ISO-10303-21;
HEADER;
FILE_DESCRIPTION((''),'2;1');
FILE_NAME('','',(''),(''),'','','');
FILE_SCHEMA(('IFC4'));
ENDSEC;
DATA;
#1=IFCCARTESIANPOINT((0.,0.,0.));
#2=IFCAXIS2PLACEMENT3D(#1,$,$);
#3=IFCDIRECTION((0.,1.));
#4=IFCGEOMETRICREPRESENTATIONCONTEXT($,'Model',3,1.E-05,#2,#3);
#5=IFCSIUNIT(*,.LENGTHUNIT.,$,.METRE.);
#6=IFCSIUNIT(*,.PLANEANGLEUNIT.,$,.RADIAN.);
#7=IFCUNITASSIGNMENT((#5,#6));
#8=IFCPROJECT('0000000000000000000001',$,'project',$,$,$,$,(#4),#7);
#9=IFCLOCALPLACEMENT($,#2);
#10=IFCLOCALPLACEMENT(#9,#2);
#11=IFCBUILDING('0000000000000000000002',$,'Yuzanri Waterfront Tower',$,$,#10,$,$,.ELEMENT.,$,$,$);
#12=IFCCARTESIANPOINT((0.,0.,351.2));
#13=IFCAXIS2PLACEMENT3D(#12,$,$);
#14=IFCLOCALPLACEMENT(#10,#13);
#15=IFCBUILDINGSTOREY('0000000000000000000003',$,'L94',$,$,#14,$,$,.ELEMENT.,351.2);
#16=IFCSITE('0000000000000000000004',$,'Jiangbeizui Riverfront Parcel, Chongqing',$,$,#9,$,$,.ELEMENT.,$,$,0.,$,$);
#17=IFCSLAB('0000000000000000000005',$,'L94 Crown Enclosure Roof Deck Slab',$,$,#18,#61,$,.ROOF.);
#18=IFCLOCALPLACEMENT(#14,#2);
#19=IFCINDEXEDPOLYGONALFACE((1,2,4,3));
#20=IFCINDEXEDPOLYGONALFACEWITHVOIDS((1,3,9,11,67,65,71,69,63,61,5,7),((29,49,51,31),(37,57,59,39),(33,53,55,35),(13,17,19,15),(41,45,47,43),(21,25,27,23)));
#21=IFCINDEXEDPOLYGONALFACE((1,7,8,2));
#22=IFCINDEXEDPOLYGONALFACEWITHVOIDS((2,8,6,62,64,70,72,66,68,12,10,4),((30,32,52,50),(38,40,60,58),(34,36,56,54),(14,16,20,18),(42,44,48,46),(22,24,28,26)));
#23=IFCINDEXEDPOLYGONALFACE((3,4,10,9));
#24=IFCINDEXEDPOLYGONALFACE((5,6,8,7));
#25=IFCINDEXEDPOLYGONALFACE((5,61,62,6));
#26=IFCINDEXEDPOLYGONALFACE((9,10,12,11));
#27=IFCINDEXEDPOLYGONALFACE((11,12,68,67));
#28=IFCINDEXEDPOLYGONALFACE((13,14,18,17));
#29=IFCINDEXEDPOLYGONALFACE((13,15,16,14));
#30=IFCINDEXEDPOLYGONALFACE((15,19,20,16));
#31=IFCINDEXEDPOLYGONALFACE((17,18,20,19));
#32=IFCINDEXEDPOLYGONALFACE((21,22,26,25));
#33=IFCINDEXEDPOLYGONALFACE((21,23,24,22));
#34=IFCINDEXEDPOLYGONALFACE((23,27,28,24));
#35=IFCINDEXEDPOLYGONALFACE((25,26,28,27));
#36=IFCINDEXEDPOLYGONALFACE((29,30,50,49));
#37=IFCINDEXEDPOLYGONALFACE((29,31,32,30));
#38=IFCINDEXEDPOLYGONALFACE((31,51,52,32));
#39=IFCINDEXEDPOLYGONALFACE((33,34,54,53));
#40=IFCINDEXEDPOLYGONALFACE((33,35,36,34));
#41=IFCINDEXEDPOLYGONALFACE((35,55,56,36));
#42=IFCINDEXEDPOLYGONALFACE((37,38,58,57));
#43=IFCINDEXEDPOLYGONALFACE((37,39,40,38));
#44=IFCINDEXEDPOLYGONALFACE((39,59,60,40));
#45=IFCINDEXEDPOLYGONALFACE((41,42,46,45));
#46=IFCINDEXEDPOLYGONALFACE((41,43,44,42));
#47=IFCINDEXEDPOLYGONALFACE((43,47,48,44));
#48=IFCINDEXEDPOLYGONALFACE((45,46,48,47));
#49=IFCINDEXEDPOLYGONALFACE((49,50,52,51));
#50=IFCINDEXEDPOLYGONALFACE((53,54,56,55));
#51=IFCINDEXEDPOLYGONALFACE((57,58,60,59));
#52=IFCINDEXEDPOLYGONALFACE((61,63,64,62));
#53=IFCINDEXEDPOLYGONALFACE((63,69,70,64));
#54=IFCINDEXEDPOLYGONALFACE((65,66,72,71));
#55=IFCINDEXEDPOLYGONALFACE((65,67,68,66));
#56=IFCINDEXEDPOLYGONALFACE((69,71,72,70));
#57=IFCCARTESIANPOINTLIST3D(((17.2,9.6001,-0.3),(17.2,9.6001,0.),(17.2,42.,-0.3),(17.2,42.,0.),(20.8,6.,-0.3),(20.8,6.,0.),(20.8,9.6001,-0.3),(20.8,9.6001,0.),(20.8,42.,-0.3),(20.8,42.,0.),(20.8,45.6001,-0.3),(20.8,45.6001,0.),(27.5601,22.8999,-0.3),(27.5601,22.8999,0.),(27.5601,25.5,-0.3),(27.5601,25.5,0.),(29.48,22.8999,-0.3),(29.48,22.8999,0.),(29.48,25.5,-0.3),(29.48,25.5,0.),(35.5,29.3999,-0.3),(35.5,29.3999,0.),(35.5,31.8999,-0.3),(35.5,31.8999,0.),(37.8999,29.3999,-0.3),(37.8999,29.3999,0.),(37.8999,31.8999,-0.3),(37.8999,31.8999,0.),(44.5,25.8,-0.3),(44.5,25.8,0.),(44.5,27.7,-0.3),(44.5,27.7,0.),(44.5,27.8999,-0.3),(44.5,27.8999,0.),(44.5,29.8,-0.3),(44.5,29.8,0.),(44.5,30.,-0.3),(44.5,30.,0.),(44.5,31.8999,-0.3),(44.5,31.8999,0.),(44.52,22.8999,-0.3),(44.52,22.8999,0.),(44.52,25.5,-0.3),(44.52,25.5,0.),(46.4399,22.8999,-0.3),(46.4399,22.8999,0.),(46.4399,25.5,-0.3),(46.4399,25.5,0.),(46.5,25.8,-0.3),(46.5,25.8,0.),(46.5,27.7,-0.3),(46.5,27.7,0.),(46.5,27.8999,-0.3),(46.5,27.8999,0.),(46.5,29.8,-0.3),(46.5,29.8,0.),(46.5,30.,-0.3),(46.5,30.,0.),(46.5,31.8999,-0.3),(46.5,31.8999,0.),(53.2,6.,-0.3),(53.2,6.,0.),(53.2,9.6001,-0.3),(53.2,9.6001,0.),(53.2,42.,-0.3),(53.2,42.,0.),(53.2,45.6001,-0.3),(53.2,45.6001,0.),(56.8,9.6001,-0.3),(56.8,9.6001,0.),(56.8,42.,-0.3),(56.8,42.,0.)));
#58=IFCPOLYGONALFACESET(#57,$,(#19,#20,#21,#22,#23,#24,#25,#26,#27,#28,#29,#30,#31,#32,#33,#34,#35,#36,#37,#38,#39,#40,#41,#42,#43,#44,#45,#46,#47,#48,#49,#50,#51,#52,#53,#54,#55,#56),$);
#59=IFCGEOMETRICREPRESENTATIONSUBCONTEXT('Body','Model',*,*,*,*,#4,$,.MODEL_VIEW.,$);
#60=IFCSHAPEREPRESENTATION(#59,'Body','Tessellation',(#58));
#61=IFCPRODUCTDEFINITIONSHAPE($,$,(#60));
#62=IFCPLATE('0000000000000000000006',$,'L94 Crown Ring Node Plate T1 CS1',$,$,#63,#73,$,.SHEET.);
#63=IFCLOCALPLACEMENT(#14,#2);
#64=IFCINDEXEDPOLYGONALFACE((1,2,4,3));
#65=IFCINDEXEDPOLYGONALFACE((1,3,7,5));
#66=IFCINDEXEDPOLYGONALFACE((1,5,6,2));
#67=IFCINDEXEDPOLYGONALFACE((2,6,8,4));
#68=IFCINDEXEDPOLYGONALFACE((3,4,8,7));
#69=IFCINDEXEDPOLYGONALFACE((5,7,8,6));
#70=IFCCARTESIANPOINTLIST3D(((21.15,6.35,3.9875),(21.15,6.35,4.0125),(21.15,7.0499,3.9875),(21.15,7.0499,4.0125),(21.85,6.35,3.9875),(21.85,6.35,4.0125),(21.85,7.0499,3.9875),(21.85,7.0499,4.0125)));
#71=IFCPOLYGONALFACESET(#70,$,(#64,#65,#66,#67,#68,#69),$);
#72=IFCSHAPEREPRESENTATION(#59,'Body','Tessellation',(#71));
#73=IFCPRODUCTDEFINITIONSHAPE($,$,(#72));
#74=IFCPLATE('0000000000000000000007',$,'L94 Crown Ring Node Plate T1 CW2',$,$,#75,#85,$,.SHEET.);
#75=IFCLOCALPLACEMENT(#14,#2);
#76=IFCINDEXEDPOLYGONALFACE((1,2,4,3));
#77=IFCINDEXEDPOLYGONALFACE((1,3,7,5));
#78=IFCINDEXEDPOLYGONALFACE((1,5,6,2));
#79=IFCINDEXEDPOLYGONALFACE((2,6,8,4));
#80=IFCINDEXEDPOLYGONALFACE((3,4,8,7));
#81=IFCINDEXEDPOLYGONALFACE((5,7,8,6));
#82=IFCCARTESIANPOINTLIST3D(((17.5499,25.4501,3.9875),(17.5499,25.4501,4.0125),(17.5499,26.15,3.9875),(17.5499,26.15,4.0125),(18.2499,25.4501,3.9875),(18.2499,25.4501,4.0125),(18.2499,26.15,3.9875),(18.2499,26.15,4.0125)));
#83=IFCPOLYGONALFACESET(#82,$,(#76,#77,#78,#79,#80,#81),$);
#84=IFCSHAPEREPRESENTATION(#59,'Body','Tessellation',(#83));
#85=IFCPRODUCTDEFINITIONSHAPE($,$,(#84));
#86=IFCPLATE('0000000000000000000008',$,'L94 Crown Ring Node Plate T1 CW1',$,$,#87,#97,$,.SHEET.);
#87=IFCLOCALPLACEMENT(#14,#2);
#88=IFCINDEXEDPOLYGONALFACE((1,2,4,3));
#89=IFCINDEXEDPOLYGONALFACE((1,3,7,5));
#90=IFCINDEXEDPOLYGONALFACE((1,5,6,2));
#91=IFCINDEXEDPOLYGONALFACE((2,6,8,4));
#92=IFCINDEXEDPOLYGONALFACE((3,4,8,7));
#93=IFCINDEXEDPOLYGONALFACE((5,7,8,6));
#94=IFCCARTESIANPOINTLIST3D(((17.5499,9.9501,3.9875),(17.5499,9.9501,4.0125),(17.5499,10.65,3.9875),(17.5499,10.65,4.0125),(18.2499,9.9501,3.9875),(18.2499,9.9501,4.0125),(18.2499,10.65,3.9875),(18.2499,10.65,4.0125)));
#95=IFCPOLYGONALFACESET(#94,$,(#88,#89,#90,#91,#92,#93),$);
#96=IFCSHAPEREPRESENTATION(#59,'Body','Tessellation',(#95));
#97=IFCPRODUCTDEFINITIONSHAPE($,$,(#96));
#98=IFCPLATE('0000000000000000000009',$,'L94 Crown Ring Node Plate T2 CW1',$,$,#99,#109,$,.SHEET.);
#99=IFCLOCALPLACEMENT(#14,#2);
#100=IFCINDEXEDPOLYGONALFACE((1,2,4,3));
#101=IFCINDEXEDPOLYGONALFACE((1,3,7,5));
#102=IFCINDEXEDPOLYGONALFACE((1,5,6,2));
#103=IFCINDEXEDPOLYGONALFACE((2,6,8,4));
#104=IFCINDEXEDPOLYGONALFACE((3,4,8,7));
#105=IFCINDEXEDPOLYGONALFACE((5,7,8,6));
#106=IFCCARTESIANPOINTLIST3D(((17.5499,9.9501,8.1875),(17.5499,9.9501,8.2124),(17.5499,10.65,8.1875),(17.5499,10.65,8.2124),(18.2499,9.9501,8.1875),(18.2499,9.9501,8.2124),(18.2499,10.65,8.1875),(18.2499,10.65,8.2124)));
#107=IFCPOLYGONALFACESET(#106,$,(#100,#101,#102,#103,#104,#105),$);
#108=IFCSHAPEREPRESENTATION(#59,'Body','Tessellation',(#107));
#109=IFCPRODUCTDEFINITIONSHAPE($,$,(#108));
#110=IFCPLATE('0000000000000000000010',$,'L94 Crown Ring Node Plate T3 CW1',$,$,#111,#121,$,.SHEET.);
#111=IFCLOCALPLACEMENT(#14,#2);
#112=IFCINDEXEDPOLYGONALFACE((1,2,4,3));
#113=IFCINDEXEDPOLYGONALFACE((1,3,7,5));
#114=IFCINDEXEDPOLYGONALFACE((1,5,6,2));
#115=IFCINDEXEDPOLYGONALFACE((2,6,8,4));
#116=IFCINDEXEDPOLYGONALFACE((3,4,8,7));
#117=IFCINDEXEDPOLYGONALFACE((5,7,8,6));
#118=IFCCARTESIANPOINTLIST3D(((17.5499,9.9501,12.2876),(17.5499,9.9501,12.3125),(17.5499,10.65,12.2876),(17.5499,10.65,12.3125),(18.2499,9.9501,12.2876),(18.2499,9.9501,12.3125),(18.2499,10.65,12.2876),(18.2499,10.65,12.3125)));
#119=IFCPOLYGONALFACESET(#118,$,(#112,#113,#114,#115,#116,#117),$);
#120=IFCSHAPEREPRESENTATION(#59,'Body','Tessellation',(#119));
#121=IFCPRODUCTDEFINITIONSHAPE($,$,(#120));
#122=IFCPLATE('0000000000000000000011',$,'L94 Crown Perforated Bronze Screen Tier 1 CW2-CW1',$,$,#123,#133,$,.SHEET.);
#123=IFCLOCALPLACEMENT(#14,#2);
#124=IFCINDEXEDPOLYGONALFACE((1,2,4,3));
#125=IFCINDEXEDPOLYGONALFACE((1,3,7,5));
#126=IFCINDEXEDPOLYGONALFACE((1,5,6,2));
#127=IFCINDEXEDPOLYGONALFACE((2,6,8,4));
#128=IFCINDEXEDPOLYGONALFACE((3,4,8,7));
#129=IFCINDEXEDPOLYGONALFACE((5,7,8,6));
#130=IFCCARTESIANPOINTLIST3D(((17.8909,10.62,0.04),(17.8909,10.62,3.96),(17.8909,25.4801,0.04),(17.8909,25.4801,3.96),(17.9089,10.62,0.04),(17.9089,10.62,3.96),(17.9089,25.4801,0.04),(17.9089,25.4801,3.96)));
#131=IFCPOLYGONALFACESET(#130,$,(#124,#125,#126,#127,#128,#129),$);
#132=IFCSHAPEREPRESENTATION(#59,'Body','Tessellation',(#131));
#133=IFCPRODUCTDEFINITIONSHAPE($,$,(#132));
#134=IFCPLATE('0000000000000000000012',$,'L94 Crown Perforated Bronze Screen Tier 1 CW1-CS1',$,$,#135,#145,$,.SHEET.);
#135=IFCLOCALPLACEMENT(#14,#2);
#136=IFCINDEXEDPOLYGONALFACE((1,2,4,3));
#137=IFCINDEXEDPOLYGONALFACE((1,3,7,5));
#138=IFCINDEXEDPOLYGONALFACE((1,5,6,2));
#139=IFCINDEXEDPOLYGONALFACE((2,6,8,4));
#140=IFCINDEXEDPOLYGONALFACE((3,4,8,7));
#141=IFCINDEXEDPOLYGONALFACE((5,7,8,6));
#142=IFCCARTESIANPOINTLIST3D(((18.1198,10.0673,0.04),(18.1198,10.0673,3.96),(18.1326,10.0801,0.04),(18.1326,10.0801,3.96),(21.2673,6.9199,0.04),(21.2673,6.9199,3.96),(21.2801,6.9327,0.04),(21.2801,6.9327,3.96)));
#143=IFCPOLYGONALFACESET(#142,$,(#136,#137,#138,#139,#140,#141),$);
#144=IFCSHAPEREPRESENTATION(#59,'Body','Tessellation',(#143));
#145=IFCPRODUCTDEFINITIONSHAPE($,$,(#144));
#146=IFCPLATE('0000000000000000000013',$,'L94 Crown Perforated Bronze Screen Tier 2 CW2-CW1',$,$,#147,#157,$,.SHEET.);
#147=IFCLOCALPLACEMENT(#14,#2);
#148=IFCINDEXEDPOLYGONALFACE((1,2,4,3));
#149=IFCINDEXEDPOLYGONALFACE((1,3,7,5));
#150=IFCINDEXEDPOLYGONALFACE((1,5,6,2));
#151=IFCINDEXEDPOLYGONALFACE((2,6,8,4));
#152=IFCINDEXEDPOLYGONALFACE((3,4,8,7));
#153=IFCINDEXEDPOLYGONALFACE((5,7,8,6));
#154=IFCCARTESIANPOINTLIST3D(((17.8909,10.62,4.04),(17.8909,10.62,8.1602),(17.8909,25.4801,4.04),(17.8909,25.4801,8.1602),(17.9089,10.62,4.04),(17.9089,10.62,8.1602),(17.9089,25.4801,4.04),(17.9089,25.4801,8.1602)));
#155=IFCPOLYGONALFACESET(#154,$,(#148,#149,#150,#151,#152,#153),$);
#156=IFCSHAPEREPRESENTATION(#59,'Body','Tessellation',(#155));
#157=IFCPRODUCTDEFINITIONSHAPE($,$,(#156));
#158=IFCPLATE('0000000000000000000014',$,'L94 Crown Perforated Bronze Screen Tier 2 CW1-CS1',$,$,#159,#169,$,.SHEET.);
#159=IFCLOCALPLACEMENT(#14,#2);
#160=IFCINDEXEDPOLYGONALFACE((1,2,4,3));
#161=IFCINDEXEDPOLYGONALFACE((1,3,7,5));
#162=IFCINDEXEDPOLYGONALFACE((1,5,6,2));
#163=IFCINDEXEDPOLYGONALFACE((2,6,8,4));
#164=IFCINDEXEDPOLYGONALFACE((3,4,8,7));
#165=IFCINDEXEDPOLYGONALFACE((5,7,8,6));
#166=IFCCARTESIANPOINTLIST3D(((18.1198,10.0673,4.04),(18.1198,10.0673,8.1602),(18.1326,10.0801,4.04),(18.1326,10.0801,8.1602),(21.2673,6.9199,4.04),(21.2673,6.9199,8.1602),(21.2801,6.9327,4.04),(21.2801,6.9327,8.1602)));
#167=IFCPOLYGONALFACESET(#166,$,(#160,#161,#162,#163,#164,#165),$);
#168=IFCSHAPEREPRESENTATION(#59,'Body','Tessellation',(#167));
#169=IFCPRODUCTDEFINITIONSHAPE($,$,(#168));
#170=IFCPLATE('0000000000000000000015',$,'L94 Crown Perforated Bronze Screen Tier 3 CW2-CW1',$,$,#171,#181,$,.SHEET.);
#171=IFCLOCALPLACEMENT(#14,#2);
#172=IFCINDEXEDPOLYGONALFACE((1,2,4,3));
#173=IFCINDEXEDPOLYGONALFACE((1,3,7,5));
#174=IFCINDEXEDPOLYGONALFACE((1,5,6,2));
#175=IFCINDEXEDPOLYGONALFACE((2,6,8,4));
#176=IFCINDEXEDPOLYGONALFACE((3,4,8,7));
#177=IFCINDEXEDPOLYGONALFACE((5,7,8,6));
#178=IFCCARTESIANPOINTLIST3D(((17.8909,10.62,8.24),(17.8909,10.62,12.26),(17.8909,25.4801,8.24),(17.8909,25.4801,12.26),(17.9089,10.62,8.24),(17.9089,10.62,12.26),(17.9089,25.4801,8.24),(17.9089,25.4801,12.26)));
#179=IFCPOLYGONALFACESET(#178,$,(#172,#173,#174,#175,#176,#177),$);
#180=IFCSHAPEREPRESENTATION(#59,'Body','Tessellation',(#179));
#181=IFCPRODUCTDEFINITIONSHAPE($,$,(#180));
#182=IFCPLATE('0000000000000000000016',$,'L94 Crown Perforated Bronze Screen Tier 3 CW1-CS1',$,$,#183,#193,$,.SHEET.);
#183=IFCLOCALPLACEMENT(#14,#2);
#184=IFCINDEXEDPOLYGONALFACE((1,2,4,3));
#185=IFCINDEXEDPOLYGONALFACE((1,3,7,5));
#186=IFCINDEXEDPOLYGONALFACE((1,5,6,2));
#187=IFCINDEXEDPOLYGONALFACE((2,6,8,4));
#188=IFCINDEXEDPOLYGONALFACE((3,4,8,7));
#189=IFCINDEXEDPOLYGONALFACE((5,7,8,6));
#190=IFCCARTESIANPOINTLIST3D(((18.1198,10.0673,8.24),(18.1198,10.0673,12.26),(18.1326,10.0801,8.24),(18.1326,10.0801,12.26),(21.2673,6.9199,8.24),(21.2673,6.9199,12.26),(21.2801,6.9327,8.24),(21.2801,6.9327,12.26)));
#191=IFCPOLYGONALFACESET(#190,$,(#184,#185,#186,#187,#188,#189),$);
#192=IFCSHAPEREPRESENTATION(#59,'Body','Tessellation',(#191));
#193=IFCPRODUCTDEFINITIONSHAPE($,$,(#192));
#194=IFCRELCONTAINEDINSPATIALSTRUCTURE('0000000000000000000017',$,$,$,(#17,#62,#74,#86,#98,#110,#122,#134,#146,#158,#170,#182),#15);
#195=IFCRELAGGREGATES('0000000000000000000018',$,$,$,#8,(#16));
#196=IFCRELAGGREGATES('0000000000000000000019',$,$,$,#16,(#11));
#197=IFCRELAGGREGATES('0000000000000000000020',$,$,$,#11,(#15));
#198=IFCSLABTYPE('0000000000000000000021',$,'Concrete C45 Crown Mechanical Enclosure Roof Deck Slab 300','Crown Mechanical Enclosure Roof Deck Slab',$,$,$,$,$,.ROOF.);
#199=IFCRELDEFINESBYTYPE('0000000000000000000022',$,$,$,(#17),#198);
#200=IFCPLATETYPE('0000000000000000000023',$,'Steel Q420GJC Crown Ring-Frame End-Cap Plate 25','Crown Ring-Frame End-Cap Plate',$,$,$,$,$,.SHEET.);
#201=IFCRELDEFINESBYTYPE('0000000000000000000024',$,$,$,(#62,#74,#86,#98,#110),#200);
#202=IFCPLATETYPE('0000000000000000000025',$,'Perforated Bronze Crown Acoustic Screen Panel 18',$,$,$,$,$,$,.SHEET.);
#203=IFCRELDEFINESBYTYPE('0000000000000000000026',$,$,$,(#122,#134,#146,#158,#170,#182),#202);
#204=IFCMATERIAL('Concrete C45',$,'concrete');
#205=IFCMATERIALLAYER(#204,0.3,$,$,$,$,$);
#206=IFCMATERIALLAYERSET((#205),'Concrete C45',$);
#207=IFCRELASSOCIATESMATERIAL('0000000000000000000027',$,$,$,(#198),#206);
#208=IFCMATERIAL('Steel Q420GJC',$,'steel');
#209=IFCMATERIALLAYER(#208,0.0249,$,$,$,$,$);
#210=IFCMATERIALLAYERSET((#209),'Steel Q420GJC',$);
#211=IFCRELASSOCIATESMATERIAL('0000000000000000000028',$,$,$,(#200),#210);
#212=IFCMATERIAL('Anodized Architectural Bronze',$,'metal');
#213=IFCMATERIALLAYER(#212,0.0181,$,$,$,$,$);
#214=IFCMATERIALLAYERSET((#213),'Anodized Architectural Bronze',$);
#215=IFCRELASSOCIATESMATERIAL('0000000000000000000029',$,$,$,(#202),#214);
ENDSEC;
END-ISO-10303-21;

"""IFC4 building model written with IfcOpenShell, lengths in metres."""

from ifc_helpers import new_model, si_unit, direction, frame, origin, origin_2d, place, context, subcontext, project, spatial, polyline, rectangle, outline, extrude, source, transform, mapped, material, layer, layer_set, type_object, element, save


model = new_model("IFC4")

# Units and contexts
model_context = context("Model", 3, precision=1e-05, world=origin(), true_north=direction((0.0, 1.0)))
body_context = subcontext(model_context, "Body", "Model", "MODEL_VIEW")
ifc_project = project(units=[si_unit("LENGTHUNIT", "METRE"), si_unit("PLANEANGLEUNIT", "RADIAN")], contexts=[model_context])

# Site, building, storey
site_placement = place(None, origin())
site = spatial("IfcSite", under=ifc_project, at=site_placement, Name="Jiangbeizui Riverfront Parcel, Chongqing", CompositionType="ELEMENT", RefElevation=0.0)
building_placement = place(site_placement, origin())
building = spatial("IfcBuilding", under=site, at=building_placement, Name="Yuzanri Waterfront Tower", CompositionType="ELEMENT")
storey_placement = place(building_placement, frame((0.0, 0.0, 351.2)))
storey = spatial("IfcBuildingStorey", under=building, at=storey_placement, Name="L94", CompositionType="ELEMENT", Elevation=351.2)

# Slab
ifc_material_1 = material(Name="Concrete C45", Category="concrete")
ifc_layer_1 = layer(ifc_material_1, 0.3)
ifc_layer_set_1 = layer_set([ifc_layer_1], Name="Concrete C45")
slab_type = type_object("IfcSlabType", Name="Concrete C45 Crown Mechanical Enclosure Roof Deck Slab 300", Description="Crown Mechanical Enclosure Roof Deck Slab", PredefinedType="ROOF", material=ifc_layer_set_1)
slab_placement = place(storey_placement, frame((0.0, 0.0, -0.3)))
element("IfcSlab", 1, at=slab_placement, inside=storey, type_object=slab_type, Name="L94 Crown Enclosure Roof Deck Slab", PredefinedType="ROOF", context=body_context, shape_type="SweptSolid", body=[
    extrude(outline(polyline([(20.8, 6.0), (53.2, 6.0), (53.2, 9.6001), (56.8, 9.6001), (56.8, 42.0), (53.2, 42.0), (53.2, 45.6001), (20.8, 45.6001), (20.8, 42.0), (17.2, 42.0), (17.2, 9.6001), (20.8, 9.6001), (20.8, 6.0)]), holes=[polyline([(27.5601, 22.8999), (29.48, 22.8999), (29.48, 25.5), (27.5601, 25.5), (27.5601, 22.8999)]), polyline([(44.52, 22.8999), (46.4399, 22.8999), (46.4399, 25.5), (44.52, 25.5), (44.52, 22.8999)]), polyline([(35.5, 29.3999), (37.8999, 29.3999), (37.8999, 31.8999), (35.5, 31.8999), (35.5, 29.3999)]), polyline([(44.5, 25.8), (46.5, 25.8), (46.5, 27.7), (44.5, 27.7), (44.5, 25.8)]), polyline([(44.5, 27.8999), (46.5, 27.8999), (46.5, 29.8), (44.5, 29.8), (44.5, 27.8999)]), polyline([(44.5, 30.0), (46.5, 30.0), (46.5, 31.8999), (44.5, 31.8999), (44.5, 30.0)])]), origin(), (0.0, 0.0, 1.0), 0.3),
])

# Plates
ifc_material_2 = material(Name="Steel Q420GJC", Category="steel")
ifc_layer_2 = layer(ifc_material_2, 0.0249)
ifc_layer_set_2 = layer_set([ifc_layer_2], Name="Steel Q420GJC")
plate_type_1 = type_object("IfcPlateType", Name="Steel Q420GJC Crown Ring-Frame End-Cap Plate 25", Description="Crown Ring-Frame End-Cap Plate", PredefinedType="SHEET", material=ifc_layer_set_2)
shared_shape_1 = source(origin(), body_context, "Body", "SweptSolid", [
    extrude(rectangle(XDim=0.7, YDim=0.7, at=origin_2d()), origin(), (0.0, 0.0, 1.0), 0.0249),
])
for number, where, z_axis, x_axis, name in (
    (2, (21.5, 6.7, 3.9875), (0.0, 0.0, 1.0), (1.0, 0.0, 0.0), "L94 Crown Ring Node Plate T1 CS1"),
    (3, (17.8999, 25.8, 3.9875), (0.0, 0.0, 1.0), (1.0, 0.0, 0.0), "L94 Crown Ring Node Plate T1 CW2"),
    (4, (17.8999, 10.3, 3.9875), (0.0, 0.0, 1.0), (1.0, 0.0, 0.0), "L94 Crown Ring Node Plate T1 CW1"),
    (5, (17.8999, 10.3, 8.1875), (0.0, 0.0, 1.0), (1.0, 0.0, 0.0), "L94 Crown Ring Node Plate T2 CW1"),
    (6, (17.8999, 10.3, 12.2876), (0.0, 0.0, 1.0), (1.0, 0.0, 0.0), "L94 Crown Ring Node Plate T3 CW1"),
):
    element("IfcPlate", number, at=place(storey_placement, frame(where, z_axis=z_axis, x_axis=x_axis)), inside=storey, type_object=plate_type_1, Name=name, PredefinedType="SHEET", context=body_context, shape_type="MappedRepresentation", body=[
        mapped(shared_shape_1, transform((0.0, 0.0, 0.0), scale=1.0)),
    ])
ifc_material_3 = material(Name="Anodized Architectural Bronze", Category="metal")
ifc_layer_3 = layer(ifc_material_3, 0.0181)
ifc_layer_set_3 = layer_set([ifc_layer_3], Name="Anodized Architectural Bronze")
plate_type_2 = type_object("IfcPlateType", Name="Perforated Bronze Crown Acoustic Screen Panel 18", PredefinedType="SHEET", material=ifc_layer_set_3)
shared_shape_2 = source(origin(), body_context, "Body", "SweptSolid", [
    extrude(rectangle(XDim=14.8601, YDim=0.0181, at=origin_2d()), origin(), (0.0, 0.0, 1.0), 3.9199),
])
plate_1_placement = place(storey_placement, frame((17.8999, 18.05, 0.04), z_axis=(0.0, 0.0, 1.0), x_axis=(0.0, -1.0, 0.0)))
element("IfcPlate", 7, at=plate_1_placement, inside=storey, type_object=plate_type_2, Name="L94 Crown Perforated Bronze Screen Tier 1 CW2-CW1", PredefinedType="SHEET", context=body_context, shape_type="MappedRepresentation", body=[
    mapped(shared_shape_2, transform((0.0, 0.0, 0.0), scale=1.0)),
])
shared_shape_3 = source(origin(), body_context, "Body", "SweptSolid", [
    extrude(rectangle(XDim=4.4512, YDim=0.0181, at=origin_2d()), origin(), (0.0, 0.0, 1.0), 3.9199),
])
plate_2_placement = place(storey_placement, frame((19.7, 8.5, 0.04), z_axis=(0.0, 0.0, 1.0), x_axis=(0.707107, -0.707107, 0.0)))
element("IfcPlate", 8, at=plate_2_placement, inside=storey, type_object=plate_type_2, Name="L94 Crown Perforated Bronze Screen Tier 1 CW1-CS1", PredefinedType="SHEET", context=body_context, shape_type="MappedRepresentation", body=[
    mapped(shared_shape_3, transform((0.0, 0.0, 0.0), scale=1.0)),
])
shared_shape_4 = source(origin(), body_context, "Body", "SweptSolid", [
    extrude(rectangle(XDim=14.8601, YDim=0.0181, at=origin_2d()), origin(), (0.0, 0.0, 1.0), 4.1201),
])
plate_3_placement = place(storey_placement, frame((17.8999, 18.05, 4.04), z_axis=(0.0, 0.0, 1.0), x_axis=(0.0, -1.0, 0.0)))
element("IfcPlate", 9, at=plate_3_placement, inside=storey, type_object=plate_type_2, Name="L94 Crown Perforated Bronze Screen Tier 2 CW2-CW1", PredefinedType="SHEET", context=body_context, shape_type="MappedRepresentation", body=[
    mapped(shared_shape_4, transform((0.0, 0.0, 0.0), scale=1.0)),
])
shared_shape_5 = source(origin(), body_context, "Body", "SweptSolid", [
    extrude(rectangle(XDim=4.4512, YDim=0.0181, at=origin_2d()), origin(), (0.0, 0.0, 1.0), 4.1201),
])
plate_4_placement = place(storey_placement, frame((19.7, 8.5, 4.04), z_axis=(0.0, 0.0, 1.0), x_axis=(0.707107, -0.707107, 0.0)))
element("IfcPlate", 10, at=plate_4_placement, inside=storey, type_object=plate_type_2, Name="L94 Crown Perforated Bronze Screen Tier 2 CW1-CS1", PredefinedType="SHEET", context=body_context, shape_type="MappedRepresentation", body=[
    mapped(shared_shape_5, transform((0.0, 0.0, 0.0), scale=1.0)),
])
shared_shape_6 = source(origin(), body_context, "Body", "SweptSolid", [
    extrude(rectangle(XDim=14.8601, YDim=0.0181, at=origin_2d()), origin(), (0.0, 0.0, 1.0), 4.02),
])
plate_5_placement = place(storey_placement, frame((17.8999, 18.05, 8.24), z_axis=(0.0, 0.0, 1.0), x_axis=(0.0, -1.0, 0.0)))
element("IfcPlate", 11, at=plate_5_placement, inside=storey, type_object=plate_type_2, Name="L94 Crown Perforated Bronze Screen Tier 3 CW2-CW1", PredefinedType="SHEET", context=body_context, shape_type="MappedRepresentation", body=[
    mapped(shared_shape_6, transform((0.0, 0.0, 0.0), scale=1.0)),
])
shared_shape_7 = source(origin(), body_context, "Body", "SweptSolid", [
    extrude(rectangle(XDim=4.4512, YDim=0.0181, at=origin_2d()), origin(), (0.0, 0.0, 1.0), 4.02),
])
plate_6_placement = place(storey_placement, frame((19.7, 8.5, 8.24), z_axis=(0.0, 0.0, 1.0), x_axis=(0.707107, -0.707107, 0.0)))
element("IfcPlate", 12, at=plate_6_placement, inside=storey, type_object=plate_type_2, Name="L94 Crown Perforated Bronze Screen Tier 3 CW1-CS1", PredefinedType="SHEET", context=body_context, shape_type="MappedRepresentation", body=[
    mapped(shared_shape_7, transform((0.0, 0.0, 0.0), scale=1.0)),
])

save(model, "model.ifc")
